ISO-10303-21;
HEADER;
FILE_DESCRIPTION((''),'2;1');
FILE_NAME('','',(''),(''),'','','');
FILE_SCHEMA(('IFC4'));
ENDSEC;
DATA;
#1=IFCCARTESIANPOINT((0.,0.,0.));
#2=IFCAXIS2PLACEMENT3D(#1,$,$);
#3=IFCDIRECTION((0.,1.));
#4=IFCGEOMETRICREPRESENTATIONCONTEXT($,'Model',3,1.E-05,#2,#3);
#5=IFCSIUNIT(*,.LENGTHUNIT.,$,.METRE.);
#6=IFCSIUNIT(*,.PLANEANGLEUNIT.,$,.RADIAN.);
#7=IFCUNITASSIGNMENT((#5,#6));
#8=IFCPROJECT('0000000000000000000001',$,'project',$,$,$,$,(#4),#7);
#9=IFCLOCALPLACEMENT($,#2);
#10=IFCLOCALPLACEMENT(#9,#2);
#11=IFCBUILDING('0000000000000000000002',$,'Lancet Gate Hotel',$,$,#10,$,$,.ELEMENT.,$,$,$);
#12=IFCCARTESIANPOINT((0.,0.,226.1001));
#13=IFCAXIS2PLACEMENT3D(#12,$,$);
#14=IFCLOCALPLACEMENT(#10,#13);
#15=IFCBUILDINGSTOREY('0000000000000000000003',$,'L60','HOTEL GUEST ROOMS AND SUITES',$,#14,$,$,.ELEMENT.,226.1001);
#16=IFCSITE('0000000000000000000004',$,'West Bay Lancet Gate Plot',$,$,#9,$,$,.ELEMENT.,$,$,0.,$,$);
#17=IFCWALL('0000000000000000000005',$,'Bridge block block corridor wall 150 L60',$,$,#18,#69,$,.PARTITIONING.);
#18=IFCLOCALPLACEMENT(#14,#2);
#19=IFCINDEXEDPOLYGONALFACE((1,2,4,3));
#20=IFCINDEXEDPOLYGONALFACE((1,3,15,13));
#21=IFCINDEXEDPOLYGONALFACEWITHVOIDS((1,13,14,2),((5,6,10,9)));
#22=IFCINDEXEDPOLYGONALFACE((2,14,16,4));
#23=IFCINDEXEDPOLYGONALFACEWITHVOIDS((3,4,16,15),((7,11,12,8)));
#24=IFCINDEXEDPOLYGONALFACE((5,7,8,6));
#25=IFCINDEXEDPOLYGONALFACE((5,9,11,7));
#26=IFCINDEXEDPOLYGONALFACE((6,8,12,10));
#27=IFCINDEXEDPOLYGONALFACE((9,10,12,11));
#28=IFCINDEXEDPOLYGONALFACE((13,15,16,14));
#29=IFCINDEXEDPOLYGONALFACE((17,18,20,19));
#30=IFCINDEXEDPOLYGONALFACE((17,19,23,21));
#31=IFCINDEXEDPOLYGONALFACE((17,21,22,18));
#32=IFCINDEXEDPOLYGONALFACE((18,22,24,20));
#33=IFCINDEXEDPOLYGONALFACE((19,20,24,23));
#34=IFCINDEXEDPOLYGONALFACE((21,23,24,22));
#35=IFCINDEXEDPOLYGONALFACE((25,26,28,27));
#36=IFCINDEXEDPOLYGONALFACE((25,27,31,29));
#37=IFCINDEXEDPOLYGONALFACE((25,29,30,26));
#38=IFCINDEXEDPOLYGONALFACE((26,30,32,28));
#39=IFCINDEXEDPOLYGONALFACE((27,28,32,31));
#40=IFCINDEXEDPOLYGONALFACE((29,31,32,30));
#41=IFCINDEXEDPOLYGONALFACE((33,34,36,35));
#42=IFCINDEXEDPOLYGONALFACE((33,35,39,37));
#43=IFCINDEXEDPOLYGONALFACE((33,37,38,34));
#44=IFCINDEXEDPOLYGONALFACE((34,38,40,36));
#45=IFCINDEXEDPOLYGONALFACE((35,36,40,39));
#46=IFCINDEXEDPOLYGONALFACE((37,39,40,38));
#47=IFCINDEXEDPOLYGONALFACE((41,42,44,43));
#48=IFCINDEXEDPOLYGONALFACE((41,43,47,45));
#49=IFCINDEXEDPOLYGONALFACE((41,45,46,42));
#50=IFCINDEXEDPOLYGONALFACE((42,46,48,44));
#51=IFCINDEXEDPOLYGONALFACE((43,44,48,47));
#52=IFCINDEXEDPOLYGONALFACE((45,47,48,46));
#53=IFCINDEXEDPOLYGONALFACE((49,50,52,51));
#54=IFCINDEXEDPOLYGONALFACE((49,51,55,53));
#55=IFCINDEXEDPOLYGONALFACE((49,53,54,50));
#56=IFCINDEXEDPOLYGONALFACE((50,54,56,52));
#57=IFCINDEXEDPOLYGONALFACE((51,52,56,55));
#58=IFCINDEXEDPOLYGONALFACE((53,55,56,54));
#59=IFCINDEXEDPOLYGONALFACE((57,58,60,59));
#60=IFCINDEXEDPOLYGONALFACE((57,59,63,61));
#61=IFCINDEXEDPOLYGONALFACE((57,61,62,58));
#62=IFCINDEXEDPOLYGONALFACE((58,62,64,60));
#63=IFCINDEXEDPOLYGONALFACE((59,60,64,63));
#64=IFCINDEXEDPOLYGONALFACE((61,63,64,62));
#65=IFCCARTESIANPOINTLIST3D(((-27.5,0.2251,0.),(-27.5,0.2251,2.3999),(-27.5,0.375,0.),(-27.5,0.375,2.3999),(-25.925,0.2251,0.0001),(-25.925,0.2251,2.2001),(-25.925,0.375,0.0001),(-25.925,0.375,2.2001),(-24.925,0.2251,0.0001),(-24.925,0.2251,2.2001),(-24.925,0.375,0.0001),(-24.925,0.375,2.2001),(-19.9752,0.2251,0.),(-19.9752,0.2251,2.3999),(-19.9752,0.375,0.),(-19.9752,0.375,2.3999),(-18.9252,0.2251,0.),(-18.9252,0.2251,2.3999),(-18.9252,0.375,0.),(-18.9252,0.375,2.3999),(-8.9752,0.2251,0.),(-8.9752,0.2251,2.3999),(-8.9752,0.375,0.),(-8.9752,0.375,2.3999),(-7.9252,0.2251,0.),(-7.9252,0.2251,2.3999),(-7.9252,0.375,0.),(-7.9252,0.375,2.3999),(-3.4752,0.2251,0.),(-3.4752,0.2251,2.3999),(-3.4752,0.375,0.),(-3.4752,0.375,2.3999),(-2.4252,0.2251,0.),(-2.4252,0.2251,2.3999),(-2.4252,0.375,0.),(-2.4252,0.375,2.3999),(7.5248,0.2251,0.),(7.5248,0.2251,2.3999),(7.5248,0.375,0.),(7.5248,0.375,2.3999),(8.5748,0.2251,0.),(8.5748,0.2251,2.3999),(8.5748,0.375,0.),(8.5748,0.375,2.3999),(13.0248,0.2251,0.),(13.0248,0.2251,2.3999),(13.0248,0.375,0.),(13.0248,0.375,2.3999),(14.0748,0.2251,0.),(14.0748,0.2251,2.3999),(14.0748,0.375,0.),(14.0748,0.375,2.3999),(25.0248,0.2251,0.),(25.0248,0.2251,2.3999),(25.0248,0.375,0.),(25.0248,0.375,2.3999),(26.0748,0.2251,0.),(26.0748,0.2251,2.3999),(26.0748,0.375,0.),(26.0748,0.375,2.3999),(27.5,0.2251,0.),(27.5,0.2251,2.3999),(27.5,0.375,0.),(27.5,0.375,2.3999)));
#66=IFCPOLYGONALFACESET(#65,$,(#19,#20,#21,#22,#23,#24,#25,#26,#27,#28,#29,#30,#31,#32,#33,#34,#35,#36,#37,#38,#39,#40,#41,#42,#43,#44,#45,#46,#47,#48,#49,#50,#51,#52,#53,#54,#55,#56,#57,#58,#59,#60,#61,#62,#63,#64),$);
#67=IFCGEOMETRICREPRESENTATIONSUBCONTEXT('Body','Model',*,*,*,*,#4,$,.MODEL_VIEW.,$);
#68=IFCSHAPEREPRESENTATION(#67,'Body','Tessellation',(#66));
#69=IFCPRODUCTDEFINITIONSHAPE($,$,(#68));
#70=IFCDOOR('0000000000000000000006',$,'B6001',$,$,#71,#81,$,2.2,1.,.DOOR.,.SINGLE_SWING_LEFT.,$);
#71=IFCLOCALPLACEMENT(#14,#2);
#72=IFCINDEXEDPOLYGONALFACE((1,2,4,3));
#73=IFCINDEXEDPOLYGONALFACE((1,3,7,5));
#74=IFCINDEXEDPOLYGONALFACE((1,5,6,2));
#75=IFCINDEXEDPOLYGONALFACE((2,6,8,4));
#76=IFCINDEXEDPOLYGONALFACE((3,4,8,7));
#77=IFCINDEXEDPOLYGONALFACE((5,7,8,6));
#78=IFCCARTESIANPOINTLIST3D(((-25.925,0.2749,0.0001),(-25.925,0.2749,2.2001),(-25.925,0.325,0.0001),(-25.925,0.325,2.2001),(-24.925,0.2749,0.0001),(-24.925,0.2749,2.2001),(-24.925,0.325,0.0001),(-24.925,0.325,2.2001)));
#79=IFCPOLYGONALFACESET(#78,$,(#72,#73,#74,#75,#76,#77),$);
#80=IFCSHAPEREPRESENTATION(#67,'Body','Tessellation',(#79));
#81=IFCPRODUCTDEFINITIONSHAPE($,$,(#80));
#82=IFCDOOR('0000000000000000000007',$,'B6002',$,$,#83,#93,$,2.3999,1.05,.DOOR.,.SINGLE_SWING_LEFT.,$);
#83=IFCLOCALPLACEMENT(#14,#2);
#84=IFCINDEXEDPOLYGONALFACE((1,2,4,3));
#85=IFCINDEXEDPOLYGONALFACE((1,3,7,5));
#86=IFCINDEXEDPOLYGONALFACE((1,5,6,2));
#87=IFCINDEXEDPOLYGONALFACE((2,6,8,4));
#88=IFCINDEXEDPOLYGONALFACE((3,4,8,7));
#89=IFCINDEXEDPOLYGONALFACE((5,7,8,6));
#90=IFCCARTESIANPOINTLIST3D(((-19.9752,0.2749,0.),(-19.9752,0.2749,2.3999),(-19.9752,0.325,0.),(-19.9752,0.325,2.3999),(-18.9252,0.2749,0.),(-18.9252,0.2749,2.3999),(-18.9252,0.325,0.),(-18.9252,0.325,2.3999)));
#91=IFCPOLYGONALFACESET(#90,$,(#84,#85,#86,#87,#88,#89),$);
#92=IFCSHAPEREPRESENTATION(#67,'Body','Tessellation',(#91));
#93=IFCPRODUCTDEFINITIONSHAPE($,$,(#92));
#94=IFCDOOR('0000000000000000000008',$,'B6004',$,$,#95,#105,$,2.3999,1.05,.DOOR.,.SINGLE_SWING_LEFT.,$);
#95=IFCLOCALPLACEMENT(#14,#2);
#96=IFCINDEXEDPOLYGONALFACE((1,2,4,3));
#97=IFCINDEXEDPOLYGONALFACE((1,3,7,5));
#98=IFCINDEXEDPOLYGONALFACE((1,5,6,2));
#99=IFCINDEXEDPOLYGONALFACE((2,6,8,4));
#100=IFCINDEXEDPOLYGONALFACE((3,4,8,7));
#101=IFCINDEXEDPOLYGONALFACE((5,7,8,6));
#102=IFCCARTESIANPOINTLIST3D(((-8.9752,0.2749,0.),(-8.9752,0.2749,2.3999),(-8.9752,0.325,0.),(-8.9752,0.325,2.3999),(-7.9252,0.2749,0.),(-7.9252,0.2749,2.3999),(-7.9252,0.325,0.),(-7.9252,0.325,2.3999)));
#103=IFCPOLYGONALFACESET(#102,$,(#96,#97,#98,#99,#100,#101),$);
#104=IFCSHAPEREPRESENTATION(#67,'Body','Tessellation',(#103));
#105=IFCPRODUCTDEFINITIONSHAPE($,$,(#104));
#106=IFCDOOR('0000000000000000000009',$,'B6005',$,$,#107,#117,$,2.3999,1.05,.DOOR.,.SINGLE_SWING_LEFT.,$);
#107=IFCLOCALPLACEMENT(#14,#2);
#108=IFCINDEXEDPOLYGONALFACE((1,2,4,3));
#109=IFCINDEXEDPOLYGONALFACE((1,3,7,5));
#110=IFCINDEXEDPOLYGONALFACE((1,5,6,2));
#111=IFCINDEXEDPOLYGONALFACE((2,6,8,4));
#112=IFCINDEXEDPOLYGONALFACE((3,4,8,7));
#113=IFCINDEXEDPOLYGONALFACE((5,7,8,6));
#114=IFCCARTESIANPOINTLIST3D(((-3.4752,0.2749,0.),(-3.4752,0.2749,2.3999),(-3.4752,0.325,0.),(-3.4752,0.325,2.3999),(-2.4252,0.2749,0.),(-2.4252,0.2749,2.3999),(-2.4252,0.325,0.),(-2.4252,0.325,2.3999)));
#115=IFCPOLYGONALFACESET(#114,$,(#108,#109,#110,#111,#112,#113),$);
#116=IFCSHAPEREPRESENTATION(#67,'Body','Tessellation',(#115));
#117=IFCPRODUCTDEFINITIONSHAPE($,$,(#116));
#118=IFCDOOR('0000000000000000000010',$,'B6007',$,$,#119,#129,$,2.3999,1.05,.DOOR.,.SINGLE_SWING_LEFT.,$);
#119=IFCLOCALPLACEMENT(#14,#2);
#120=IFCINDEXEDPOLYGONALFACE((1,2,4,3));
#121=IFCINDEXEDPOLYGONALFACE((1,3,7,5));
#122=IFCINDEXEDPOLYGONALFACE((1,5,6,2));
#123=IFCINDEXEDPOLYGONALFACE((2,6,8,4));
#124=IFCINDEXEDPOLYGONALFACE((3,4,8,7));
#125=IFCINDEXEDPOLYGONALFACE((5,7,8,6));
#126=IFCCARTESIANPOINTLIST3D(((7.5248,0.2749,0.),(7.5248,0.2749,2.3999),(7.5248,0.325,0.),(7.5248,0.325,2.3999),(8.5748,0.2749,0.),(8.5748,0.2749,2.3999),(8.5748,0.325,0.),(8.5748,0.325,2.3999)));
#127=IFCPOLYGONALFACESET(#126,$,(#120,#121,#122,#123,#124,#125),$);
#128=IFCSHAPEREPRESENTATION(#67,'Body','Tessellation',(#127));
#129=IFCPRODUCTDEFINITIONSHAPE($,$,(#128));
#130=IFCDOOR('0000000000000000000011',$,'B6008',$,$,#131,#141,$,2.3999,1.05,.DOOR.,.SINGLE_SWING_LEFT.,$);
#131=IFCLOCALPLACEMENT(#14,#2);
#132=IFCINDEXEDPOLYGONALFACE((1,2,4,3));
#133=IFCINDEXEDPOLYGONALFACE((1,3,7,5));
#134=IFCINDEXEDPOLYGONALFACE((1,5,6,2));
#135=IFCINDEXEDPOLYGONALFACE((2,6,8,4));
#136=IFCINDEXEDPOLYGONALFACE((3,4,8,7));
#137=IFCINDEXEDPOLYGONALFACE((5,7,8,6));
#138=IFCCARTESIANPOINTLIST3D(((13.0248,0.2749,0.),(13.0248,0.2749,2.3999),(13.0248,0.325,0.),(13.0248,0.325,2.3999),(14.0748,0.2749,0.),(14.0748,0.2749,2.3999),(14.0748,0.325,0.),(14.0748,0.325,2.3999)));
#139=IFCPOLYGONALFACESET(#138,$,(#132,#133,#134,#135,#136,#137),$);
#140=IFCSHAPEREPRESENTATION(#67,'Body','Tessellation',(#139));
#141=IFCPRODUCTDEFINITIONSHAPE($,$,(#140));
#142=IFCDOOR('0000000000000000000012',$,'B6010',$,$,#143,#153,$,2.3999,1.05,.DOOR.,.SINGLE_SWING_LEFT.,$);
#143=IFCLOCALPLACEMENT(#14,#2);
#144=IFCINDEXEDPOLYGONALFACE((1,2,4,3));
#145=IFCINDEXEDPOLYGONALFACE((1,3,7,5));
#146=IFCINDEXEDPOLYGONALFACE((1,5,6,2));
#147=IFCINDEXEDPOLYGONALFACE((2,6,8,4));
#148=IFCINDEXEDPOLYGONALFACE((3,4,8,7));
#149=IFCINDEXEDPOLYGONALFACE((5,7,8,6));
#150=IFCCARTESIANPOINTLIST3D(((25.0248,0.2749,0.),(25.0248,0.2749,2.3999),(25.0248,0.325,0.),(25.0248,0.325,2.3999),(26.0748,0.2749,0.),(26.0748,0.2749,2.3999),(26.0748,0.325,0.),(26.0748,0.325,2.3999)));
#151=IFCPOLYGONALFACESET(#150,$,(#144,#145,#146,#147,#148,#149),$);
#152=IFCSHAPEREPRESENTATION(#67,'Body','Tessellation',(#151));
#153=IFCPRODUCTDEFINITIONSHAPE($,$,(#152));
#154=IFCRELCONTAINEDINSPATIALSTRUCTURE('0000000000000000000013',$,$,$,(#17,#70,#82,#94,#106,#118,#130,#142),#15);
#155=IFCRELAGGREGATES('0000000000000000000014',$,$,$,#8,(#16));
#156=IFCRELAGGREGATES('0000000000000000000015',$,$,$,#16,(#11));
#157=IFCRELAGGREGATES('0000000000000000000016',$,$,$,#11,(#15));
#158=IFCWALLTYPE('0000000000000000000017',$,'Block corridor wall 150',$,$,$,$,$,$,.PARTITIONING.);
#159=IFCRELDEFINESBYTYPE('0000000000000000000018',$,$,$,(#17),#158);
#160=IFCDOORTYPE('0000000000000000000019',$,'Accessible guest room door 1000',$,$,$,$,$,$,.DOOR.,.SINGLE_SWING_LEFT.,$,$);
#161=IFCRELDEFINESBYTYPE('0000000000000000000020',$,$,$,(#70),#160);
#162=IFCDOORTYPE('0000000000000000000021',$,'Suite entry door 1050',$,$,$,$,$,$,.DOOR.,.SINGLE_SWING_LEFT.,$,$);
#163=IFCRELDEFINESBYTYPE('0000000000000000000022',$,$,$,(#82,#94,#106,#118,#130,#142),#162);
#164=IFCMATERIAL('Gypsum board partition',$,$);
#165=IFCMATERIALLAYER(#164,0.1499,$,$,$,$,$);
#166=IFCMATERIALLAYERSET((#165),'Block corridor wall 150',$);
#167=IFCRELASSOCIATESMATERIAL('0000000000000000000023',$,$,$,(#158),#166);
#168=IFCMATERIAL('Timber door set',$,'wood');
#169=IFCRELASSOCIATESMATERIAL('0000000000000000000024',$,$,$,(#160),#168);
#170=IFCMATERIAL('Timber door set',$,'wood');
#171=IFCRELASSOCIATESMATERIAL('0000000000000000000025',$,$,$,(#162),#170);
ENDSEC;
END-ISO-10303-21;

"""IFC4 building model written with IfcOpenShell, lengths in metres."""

from ifc_helpers import new_model, si_unit, direction, frame, frame_2d, origin, place, context, subcontext, project, spatial, rectangle, extrude, material, layer, layer_set, type_object, element, fill, save


model = new_model("IFC4")

# Units and contexts
model_context = context("Model", 3, precision=1e-05, world=origin(), true_north=direction((0.0, 1.0)))
body_context = subcontext(model_context, "Body", "Model", "MODEL_VIEW")
ifc_project = project(units=[si_unit("LENGTHUNIT", "METRE"), si_unit("PLANEANGLEUNIT", "RADIAN")], contexts=[model_context])

# Site, building, storey
site_placement = place(None, origin())
site = spatial("IfcSite", under=ifc_project, at=site_placement, Name="West Bay Lancet Gate Plot", CompositionType="ELEMENT", RefElevation=0.0)
building_placement = place(site_placement, origin())
building = spatial("IfcBuilding", under=site, at=building_placement, Name="Lancet Gate Hotel", CompositionType="ELEMENT")
storey_placement = place(building_placement, frame((0.0, 0.0, 226.1001)))
storey = spatial("IfcBuildingStorey", under=building, at=storey_placement, Name="L60", Description="HOTEL GUEST ROOMS AND SUITES", CompositionType="ELEMENT", Elevation=226.1001)

# Wall, openings, doors
ifc_material_1 = material(Name="Gypsum board partition")
ifc_layer_1 = layer(ifc_material_1, 0.1499)
ifc_layer_set_1 = layer_set([ifc_layer_1], Name="Block corridor wall 150")
wall_type_1 = type_object("IfcWallType", Name="Block corridor wall 150", PredefinedType="PARTITIONING", material=ifc_layer_set_1)
wall_1_placement = place(storey_placement, frame((-27.5, 0.3, 0.0), z_axis=(0.0, 0.0, 1.0), x_axis=(1.0, 0.0, 0.0)))
wall_1 = element("IfcWall", 1, at=wall_1_placement, inside=storey, type_object=wall_type_1, Name="Bridge block block corridor wall 150 L60", PredefinedType="PARTITIONING", context=body_context, shape_type="SweptSolid", body=[
    extrude(rectangle(XDim=55.0, YDim=0.1499, at=frame_2d((27.5, 0.0))), origin(), (0.0, 0.0, 1.0), 2.3999),
])
opening_1_placement = place(wall_1_placement, frame((1.575, 0.0, 0.0)))
opening_1 = element("IfcOpeningElement", 2, at=opening_1_placement, cuts=wall_1, PredefinedType="OPENING", context=body_context, shape_type="SweptSolid", body=[
    extrude(rectangle(XDim=1.0, YDim=2.2, at=frame_2d((0.5, 1.1001))), frame((0.0, 0.085, 0.0), z_axis=(0.0, -1.0, 0.0), x_axis=(1.0, 0.0, 0.0)), (0.0, 0.0, 1.0), 0.1699),
])
opening_2_placement = place(wall_1_placement, frame((7.5249, 0.0, 0.0)))
opening_2 = element("IfcOpeningElement", 3, at=opening_2_placement, cuts=wall_1, PredefinedType="OPENING", context=body_context, shape_type="SweptSolid", body=[
    extrude(rectangle(XDim=1.05, YDim=2.3999, at=frame_2d((0.5249, 1.2))), frame((0.0, 0.085, 0.0), z_axis=(0.0, -1.0, 0.0), x_axis=(1.0, 0.0, 0.0)), (0.0, 0.0, 1.0), 0.1699),
])
opening_3_placement = place(wall_1_placement, frame((18.5249, 0.0, 0.0)))
opening_3 = element("IfcOpeningElement", 4, at=opening_3_placement, cuts=wall_1, PredefinedType="OPENING", context=body_context, shape_type="SweptSolid", body=[
    extrude(rectangle(XDim=1.05, YDim=2.3999, at=frame_2d((0.5249, 1.2))), frame((0.0, 0.085, 0.0), z_axis=(0.0, -1.0, 0.0), x_axis=(1.0, 0.0, 0.0)), (0.0, 0.0, 1.0), 0.1699),
])
opening_4_placement = place(wall_1_placement, frame((24.0249, 0.0, 0.0)))
opening_4 = element("IfcOpeningElement", 5, at=opening_4_placement, cuts=wall_1, PredefinedType="OPENING", context=body_context, shape_type="SweptSolid", body=[
    extrude(rectangle(XDim=1.05, YDim=2.3999, at=frame_2d((0.5249, 1.2))), frame((0.0, 0.085, 0.0), z_axis=(0.0, -1.0, 0.0), x_axis=(1.0, 0.0, 0.0)), (0.0, 0.0, 1.0), 0.1699),
])
opening_5_placement = place(wall_1_placement, frame((35.0249, 0.0, 0.0)))
opening_5 = element("IfcOpeningElement", 6, at=opening_5_placement, cuts=wall_1, PredefinedType="OPENING", context=body_context, shape_type="SweptSolid", body=[
    extrude(rectangle(XDim=1.05, YDim=2.3999, at=frame_2d((0.5249, 1.2))), frame((0.0, 0.085, 0.0), z_axis=(0.0, -1.0, 0.0), x_axis=(1.0, 0.0, 0.0)), (0.0, 0.0, 1.0), 0.1699),
])
opening_6_placement = place(wall_1_placement, frame((40.5249, 0.0, 0.0)))
opening_6 = element("IfcOpeningElement", 7, at=opening_6_placement, cuts=wall_1, PredefinedType="OPENING", context=body_context, shape_type="SweptSolid", body=[
    extrude(rectangle(XDim=1.05, YDim=2.3999, at=frame_2d((0.5249, 1.2))), frame((0.0, 0.085, 0.0), z_axis=(0.0, -1.0, 0.0), x_axis=(1.0, 0.0, 0.0)), (0.0, 0.0, 1.0), 0.1699),
])
opening_7_placement = place(wall_1_placement, frame((52.5249, 0.0, 0.0)))
opening_7 = element("IfcOpeningElement", 8, at=opening_7_placement, cuts=wall_1, PredefinedType="OPENING", context=body_context, shape_type="SweptSolid", body=[
    extrude(rectangle(XDim=1.05, YDim=2.3999, at=frame_2d((0.5249, 1.2))), frame((0.0, 0.085, 0.0), z_axis=(0.0, -1.0, 0.0), x_axis=(1.0, 0.0, 0.0)), (0.0, 0.0, 1.0), 0.1699),
])
ifc_material_2 = material(Name="Timber door set", Category="wood")
door_type_1 = type_object("IfcDoorType", Name="Accessible guest room door 1000", OperationType="SINGLE_SWING_LEFT", PredefinedType="DOOR", material=ifc_material_2)
door_1_placement = place(opening_1_placement, origin())
door_1 = element("IfcDoor", 9, at=door_1_placement, inside=storey, type_object=door_type_1, Name="B6001", OperationType="SINGLE_SWING_LEFT", OverallHeight=2.2, OverallWidth=1.0, PredefinedType="DOOR", context=body_context, shape_type="SweptSolid", body=[
    extrude(rectangle(XDim=1.0, YDim=2.2, at=frame_2d((0.5, 1.1001))), frame((0.0, 0.0249, 0.0), z_axis=(0.0, -1.0, 0.0), x_axis=(1.0, 0.0, 0.0)), (0.0, 0.0, 1.0), 0.05),
])
fill(opening_1, door_1)
ifc_material_3 = material(Name="Timber door set", Category="wood")
door_type_2 = type_object("IfcDoorType", Name="Suite entry door 1050", OperationType="SINGLE_SWING_LEFT", PredefinedType="DOOR", material=ifc_material_3)
door_2_placement = place(opening_2_placement, origin())
door_2 = element("IfcDoor", 10, at=door_2_placement, inside=storey, type_object=door_type_2, Name="B6002", OperationType="SINGLE_SWING_LEFT", OverallHeight=2.3999, OverallWidth=1.05, PredefinedType="DOOR", context=body_context, shape_type="SweptSolid", body=[
    extrude(rectangle(XDim=1.05, YDim=2.3999, at=frame_2d((0.5249, 1.2))), frame((0.0, 0.0249, 0.0), z_axis=(0.0, -1.0, 0.0), x_axis=(1.0, 0.0, 0.0)), (0.0, 0.0, 1.0), 0.05),
])
fill(opening_2, door_2)
door_3_placement = place(opening_3_placement, origin())
door_3 = element("IfcDoor", 11, at=door_3_placement, inside=storey, type_object=door_type_2, Name="B6004", OperationType="SINGLE_SWING_LEFT", OverallHeight=2.3999, OverallWidth=1.05, PredefinedType="DOOR", context=body_context, shape_type="SweptSolid", body=[
    extrude(rectangle(XDim=1.05, YDim=2.3999, at=frame_2d((0.5249, 1.2))), frame((0.0, 0.0249, 0.0), z_axis=(0.0, -1.0, 0.0), x_axis=(1.0, 0.0, 0.0)), (0.0, 0.0, 1.0), 0.05),
])
fill(opening_3, door_3)
door_4_placement = place(opening_4_placement, origin())
door_4 = element("IfcDoor", 12, at=door_4_placement, inside=storey, type_object=door_type_2, Name="B6005", OperationType="SINGLE_SWING_LEFT", OverallHeight=2.3999, OverallWidth=1.05, PredefinedType="DOOR", context=body_context, shape_type="SweptSolid", body=[
    extrude(rectangle(XDim=1.05, YDim=2.3999, at=frame_2d((0.5249, 1.2))), frame((0.0, 0.0249, 0.0), z_axis=(0.0, -1.0, 0.0), x_axis=(1.0, 0.0, 0.0)), (0.0, 0.0, 1.0), 0.05),
])
fill(opening_4, door_4)
door_5_placement = place(opening_5_placement, origin())
door_5 = element("IfcDoor", 13, at=door_5_placement, inside=storey, type_object=door_type_2, Name="B6007", OperationType="SINGLE_SWING_LEFT", OverallHeight=2.3999, OverallWidth=1.05, PredefinedType="DOOR", context=body_context, shape_type="SweptSolid", body=[
    extrude(rectangle(XDim=1.05, YDim=2.3999, at=frame_2d((0.5249, 1.2))), frame((0.0, 0.0249, 0.0), z_axis=(0.0, -1.0, 0.0), x_axis=(1.0, 0.0, 0.0)), (0.0, 0.0, 1.0), 0.05),
])
fill(opening_5, door_5)
door_6_placement = place(opening_6_placement, origin())
door_6 = element("IfcDoor", 14, at=door_6_placement, inside=storey, type_object=door_type_2, Name="B6008", OperationType="SINGLE_SWING_LEFT", OverallHeight=2.3999, OverallWidth=1.05, PredefinedType="DOOR", context=body_context, shape_type="SweptSolid", body=[
    extrude(rectangle(XDim=1.05, YDim=2.3999, at=frame_2d((0.5249, 1.2))), frame((0.0, 0.0249, 0.0), z_axis=(0.0, -1.0, 0.0), x_axis=(1.0, 0.0, 0.0)), (0.0, 0.0, 1.0), 0.05),
])
fill(opening_6, door_6)
door_7_placement = place(opening_7_placement, origin())
door_7 = element("IfcDoor", 15, at=door_7_placement, inside=storey, type_object=door_type_2, Name="B6010", OperationType="SINGLE_SWING_LEFT", OverallHeight=2.3999, OverallWidth=1.05, PredefinedType="DOOR", context=body_context, shape_type="SweptSolid", body=[
    extrude(rectangle(XDim=1.05, YDim=2.3999, at=frame_2d((0.5249, 1.2))), frame((0.0, 0.0249, 0.0), z_axis=(0.0, -1.0, 0.0), x_axis=(1.0, 0.0, 0.0)), (0.0, 0.0, 1.0), 0.05),
])
fill(opening_7, door_7)

save(model, "model.ifc")
